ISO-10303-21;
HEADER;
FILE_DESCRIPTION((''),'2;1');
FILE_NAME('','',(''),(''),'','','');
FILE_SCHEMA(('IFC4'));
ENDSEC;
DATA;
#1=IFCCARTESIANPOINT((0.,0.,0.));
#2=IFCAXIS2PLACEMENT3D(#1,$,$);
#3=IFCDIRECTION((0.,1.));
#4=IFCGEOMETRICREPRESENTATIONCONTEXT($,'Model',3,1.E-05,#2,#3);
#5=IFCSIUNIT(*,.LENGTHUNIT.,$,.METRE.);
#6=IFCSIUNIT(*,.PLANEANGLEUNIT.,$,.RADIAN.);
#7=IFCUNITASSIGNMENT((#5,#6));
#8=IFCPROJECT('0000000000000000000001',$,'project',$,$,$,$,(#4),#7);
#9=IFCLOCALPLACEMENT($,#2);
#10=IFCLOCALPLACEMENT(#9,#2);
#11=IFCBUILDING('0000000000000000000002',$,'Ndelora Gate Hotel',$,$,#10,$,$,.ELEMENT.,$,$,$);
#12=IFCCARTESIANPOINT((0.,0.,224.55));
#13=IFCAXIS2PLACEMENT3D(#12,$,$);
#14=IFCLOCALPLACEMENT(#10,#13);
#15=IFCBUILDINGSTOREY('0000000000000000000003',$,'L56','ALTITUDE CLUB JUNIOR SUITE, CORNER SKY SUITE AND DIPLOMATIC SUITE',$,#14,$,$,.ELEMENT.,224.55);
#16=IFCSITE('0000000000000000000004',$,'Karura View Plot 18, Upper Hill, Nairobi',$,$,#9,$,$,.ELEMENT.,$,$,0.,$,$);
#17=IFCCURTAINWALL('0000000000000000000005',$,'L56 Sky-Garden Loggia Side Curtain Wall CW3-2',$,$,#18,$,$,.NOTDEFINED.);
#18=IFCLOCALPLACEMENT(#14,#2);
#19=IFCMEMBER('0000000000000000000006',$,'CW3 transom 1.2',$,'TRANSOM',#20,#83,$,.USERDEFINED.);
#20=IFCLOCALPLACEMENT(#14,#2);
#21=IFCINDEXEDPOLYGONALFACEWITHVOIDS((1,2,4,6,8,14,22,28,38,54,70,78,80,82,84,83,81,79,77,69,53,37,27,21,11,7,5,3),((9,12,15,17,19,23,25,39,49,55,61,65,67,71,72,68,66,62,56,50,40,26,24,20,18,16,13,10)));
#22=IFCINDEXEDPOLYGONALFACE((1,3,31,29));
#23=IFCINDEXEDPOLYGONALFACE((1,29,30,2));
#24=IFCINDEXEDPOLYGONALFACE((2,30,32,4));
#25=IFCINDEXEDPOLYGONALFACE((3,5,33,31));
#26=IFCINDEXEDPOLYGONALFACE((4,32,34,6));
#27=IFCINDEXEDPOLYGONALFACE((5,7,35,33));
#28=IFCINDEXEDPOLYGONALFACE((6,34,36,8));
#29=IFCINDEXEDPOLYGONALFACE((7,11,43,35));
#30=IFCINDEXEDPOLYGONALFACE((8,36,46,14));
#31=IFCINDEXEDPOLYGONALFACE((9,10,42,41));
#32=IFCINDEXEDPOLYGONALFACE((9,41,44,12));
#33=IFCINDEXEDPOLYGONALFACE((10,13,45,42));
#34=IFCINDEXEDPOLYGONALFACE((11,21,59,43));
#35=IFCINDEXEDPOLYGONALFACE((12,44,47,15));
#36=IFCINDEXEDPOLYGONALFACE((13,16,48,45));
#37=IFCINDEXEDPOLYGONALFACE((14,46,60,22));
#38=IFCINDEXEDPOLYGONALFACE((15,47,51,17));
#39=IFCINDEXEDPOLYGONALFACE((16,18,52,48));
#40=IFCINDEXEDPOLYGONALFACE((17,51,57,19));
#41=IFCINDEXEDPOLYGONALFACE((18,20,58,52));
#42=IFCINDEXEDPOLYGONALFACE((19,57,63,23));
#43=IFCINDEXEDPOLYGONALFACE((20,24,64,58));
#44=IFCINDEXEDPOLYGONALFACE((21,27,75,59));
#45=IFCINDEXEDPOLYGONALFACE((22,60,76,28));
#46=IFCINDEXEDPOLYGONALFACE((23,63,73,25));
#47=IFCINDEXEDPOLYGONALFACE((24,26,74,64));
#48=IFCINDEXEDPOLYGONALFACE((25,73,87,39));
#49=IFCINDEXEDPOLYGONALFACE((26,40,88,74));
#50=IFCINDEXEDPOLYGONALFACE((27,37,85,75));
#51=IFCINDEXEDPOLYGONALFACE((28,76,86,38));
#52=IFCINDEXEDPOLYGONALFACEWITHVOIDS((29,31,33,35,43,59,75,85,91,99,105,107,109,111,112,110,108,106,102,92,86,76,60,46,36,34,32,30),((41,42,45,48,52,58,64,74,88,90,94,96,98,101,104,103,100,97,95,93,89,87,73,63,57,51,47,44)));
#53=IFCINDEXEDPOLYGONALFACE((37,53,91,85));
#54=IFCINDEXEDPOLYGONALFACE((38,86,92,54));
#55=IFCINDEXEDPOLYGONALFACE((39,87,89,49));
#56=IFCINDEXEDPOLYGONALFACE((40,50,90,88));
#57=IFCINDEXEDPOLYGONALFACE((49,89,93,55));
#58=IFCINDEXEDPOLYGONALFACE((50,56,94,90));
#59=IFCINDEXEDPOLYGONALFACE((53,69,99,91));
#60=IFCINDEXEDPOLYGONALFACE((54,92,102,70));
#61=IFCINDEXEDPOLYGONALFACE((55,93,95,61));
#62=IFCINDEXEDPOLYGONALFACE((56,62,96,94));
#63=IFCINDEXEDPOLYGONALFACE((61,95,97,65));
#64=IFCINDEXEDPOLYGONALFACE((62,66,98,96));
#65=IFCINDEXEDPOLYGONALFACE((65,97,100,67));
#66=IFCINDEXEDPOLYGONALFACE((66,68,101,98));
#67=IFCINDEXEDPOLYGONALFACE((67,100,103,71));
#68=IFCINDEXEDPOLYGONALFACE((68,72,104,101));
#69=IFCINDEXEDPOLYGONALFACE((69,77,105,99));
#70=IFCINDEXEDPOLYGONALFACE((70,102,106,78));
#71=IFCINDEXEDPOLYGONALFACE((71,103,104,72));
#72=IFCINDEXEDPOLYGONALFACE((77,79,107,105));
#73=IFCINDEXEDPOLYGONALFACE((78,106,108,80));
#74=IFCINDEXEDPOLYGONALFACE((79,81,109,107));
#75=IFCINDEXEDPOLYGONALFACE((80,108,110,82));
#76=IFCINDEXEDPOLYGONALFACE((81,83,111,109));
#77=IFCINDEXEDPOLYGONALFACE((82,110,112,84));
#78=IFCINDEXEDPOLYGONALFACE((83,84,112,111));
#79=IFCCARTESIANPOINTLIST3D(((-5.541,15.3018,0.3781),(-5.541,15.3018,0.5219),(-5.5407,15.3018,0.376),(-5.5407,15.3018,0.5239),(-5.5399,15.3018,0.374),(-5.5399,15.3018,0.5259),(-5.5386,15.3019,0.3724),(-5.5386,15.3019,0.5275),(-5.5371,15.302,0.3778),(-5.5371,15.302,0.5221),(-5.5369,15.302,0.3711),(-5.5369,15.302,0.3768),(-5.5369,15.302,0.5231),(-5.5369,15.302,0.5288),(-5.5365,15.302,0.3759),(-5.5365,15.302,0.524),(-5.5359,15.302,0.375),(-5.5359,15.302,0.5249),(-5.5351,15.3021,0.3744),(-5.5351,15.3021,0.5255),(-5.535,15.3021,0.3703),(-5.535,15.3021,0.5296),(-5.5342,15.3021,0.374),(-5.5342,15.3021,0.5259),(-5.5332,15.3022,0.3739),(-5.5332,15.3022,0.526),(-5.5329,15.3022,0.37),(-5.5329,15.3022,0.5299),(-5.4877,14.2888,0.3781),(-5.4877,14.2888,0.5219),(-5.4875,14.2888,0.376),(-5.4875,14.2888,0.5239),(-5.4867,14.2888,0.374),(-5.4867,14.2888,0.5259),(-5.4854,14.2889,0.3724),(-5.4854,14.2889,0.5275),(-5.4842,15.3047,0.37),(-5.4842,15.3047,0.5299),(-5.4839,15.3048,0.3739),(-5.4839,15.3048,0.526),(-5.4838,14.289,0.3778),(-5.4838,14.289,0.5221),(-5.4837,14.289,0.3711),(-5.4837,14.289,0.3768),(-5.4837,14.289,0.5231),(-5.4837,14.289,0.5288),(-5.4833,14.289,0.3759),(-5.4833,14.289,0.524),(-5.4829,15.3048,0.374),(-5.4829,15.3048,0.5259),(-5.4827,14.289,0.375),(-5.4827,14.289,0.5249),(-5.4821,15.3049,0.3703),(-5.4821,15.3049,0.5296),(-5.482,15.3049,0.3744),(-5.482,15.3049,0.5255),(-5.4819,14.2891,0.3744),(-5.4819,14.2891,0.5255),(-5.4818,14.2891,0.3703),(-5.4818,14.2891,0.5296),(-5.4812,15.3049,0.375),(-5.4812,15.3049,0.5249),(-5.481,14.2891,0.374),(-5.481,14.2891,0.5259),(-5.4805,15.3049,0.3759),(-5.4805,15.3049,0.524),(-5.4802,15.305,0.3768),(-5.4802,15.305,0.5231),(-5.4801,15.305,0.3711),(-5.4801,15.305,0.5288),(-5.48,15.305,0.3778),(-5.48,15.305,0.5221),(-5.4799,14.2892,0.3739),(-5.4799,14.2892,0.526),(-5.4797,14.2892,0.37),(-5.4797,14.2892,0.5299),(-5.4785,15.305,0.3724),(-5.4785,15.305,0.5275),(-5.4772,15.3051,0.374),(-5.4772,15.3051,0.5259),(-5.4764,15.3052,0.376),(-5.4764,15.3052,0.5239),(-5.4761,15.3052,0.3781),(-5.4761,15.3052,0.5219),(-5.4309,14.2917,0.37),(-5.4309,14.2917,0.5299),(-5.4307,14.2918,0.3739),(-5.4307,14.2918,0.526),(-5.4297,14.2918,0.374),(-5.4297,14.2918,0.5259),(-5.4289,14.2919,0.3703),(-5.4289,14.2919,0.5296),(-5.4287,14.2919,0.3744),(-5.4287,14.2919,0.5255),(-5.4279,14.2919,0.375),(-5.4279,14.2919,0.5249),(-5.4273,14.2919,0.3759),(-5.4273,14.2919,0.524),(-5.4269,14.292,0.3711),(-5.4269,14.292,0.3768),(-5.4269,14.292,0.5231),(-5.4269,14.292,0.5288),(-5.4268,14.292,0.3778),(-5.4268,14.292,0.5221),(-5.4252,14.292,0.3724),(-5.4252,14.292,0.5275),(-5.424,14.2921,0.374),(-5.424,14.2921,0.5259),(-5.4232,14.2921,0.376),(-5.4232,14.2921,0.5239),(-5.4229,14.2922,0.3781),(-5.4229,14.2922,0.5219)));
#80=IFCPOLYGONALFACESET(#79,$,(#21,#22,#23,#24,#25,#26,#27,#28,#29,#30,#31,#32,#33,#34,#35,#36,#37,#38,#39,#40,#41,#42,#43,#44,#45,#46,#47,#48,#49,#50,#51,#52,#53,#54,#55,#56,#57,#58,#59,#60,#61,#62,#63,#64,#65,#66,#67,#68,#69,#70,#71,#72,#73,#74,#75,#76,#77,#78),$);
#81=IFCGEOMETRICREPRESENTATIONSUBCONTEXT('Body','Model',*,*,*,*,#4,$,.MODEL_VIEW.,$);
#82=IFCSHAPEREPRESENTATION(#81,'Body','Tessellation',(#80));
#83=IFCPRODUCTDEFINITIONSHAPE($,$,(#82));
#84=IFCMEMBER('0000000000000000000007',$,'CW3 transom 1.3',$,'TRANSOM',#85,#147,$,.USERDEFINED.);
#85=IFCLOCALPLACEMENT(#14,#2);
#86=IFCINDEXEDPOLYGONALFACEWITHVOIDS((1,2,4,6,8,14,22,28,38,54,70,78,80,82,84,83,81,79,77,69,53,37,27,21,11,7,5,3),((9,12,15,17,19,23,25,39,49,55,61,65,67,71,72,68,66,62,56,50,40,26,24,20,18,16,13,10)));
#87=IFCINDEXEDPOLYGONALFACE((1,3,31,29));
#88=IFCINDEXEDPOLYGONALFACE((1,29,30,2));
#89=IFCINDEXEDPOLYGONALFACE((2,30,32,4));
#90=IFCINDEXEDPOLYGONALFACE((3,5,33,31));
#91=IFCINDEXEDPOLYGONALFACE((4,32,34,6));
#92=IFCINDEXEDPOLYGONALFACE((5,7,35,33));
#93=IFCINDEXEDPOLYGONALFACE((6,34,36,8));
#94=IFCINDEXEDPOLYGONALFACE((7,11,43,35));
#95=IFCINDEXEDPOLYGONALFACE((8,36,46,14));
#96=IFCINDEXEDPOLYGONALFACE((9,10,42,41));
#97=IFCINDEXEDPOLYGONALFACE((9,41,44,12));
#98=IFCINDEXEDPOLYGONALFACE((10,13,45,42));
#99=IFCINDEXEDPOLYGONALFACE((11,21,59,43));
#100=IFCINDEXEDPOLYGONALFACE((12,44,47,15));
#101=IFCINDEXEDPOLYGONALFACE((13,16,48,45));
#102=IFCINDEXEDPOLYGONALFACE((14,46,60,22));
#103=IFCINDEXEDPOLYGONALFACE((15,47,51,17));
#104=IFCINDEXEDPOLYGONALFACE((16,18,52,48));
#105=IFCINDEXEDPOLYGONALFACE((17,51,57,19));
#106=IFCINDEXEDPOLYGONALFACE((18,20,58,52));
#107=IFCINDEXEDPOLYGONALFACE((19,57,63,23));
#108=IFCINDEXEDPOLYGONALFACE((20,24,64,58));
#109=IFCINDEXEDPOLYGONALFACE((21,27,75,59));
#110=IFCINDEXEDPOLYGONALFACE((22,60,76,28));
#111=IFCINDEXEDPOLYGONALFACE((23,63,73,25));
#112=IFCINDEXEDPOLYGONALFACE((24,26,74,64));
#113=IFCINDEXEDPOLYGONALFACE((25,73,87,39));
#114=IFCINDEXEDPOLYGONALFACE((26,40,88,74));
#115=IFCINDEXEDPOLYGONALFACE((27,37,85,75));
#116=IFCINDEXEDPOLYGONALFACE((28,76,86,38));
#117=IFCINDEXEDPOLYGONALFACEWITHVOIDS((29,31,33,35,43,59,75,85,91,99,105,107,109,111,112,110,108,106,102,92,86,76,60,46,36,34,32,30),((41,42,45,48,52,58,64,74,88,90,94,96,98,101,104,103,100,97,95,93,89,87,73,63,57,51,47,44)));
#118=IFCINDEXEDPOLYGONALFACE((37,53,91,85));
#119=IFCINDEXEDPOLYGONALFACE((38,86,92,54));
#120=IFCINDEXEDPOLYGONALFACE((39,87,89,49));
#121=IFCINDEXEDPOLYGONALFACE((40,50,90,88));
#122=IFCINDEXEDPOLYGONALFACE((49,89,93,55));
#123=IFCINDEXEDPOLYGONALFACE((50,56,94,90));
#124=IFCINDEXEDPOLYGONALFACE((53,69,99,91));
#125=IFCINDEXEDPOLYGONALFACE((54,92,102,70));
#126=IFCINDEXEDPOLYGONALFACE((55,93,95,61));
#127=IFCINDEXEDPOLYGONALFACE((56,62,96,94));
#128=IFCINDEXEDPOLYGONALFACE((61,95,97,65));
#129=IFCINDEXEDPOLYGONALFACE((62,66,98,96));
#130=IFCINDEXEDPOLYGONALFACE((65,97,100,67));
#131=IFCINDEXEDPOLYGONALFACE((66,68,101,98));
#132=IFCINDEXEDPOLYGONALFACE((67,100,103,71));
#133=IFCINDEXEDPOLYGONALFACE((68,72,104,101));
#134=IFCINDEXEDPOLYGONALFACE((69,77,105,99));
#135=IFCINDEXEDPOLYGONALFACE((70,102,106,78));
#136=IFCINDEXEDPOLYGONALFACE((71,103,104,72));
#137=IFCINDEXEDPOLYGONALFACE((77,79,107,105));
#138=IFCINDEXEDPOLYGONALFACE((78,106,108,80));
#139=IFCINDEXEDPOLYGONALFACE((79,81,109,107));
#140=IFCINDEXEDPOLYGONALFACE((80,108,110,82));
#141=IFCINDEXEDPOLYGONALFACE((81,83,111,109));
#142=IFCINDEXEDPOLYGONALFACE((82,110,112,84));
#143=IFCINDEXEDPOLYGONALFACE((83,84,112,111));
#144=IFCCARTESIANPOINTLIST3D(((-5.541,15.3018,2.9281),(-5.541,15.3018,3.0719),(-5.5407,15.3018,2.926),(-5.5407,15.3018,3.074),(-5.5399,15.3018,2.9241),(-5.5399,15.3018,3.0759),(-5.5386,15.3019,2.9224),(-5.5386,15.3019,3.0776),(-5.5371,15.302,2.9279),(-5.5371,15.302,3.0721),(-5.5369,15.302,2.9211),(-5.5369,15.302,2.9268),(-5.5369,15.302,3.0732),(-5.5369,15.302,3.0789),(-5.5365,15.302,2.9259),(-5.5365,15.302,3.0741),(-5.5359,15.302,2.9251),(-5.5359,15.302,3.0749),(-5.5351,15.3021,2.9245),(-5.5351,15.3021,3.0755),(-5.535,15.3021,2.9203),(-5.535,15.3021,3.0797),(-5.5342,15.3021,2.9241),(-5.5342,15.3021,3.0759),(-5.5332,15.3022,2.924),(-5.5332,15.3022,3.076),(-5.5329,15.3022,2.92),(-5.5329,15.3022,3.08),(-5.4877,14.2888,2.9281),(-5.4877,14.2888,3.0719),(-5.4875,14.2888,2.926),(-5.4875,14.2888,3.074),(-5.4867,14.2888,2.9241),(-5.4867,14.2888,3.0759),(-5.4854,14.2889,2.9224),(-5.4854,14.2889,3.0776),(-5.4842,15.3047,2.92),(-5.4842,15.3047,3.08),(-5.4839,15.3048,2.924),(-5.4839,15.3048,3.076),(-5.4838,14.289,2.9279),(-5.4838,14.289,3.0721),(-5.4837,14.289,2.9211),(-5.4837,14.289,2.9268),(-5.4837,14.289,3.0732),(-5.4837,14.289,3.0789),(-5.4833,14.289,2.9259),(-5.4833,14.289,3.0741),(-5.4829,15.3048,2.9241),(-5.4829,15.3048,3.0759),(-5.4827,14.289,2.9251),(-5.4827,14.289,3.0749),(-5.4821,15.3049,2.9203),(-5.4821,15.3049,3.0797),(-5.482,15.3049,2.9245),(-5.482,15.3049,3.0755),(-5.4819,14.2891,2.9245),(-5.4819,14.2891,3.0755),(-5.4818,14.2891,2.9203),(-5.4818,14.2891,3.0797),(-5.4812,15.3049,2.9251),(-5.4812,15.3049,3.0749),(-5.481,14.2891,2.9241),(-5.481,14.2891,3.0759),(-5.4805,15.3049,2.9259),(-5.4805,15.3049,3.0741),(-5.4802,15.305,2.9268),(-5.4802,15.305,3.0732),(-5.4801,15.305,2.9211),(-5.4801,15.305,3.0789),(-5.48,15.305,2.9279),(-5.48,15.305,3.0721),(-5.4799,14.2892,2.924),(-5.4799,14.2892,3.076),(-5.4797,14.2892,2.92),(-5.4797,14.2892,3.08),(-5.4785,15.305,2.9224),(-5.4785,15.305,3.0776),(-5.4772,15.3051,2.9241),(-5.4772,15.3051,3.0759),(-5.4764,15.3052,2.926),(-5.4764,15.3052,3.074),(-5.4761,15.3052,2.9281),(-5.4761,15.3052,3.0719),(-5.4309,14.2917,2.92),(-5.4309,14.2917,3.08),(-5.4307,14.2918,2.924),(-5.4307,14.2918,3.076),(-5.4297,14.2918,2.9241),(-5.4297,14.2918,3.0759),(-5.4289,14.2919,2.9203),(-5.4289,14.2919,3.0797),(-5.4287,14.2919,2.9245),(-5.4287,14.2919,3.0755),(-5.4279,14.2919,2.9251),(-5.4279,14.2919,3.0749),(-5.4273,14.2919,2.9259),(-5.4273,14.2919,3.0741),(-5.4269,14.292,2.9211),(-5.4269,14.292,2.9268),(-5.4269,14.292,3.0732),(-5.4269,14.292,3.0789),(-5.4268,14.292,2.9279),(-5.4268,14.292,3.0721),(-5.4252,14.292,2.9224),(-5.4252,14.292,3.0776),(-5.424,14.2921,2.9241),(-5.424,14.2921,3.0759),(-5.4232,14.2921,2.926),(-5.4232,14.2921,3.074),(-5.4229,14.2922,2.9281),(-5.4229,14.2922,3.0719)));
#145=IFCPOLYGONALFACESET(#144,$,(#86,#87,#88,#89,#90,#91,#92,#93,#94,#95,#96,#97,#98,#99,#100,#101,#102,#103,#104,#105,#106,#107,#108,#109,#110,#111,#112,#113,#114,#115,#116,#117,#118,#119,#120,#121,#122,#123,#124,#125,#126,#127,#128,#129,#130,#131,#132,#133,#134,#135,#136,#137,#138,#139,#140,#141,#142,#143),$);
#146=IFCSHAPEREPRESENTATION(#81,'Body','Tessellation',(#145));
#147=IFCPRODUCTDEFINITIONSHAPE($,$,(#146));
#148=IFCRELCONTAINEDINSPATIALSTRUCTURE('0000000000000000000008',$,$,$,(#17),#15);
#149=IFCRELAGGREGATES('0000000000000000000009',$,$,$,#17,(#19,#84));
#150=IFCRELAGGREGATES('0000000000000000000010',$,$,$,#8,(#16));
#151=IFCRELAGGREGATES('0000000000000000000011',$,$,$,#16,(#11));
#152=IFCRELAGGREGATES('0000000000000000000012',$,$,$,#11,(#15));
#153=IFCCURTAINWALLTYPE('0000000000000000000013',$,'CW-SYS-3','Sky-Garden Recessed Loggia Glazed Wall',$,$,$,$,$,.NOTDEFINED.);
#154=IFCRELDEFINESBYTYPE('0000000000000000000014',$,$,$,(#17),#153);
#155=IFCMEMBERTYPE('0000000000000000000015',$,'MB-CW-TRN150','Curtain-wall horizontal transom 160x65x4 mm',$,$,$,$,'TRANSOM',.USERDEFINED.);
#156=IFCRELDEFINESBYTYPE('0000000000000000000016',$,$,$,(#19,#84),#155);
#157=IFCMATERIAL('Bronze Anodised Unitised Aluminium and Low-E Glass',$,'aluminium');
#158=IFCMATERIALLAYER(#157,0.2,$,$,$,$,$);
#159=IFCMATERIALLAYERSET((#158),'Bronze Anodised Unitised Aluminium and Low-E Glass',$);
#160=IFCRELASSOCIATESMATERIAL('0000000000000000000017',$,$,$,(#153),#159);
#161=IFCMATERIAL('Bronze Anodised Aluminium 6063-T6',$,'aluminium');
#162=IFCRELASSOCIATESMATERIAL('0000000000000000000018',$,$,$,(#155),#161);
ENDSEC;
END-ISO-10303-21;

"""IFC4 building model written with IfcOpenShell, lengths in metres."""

from ifc_helpers import new_model, si_unit, direction, frame, origin, origin_2d, place, context, subcontext, project, spatial, hollow_rectangle, extrude, material, layer, layer_set, material_profile, profile_set, type_object, element, aggregate, save


model = new_model("IFC4")

# Units and contexts
model_context = context("Model", 3, precision=1e-05, world=origin(), true_north=direction((0.0, 1.0)))
body_context = subcontext(model_context, "Body", "Model", "MODEL_VIEW")
ifc_project = project(units=[si_unit("LENGTHUNIT", "METRE"), si_unit("PLANEANGLEUNIT", "RADIAN")], contexts=[model_context])

# Site, building, storey
site_placement = place(None, origin())
site = spatial("IfcSite", under=ifc_project, at=site_placement, Name="Karura View Plot 18, Upper Hill, Nairobi", CompositionType="ELEMENT", RefElevation=0.0)
building_placement = place(site_placement, origin())
building = spatial("IfcBuilding", under=site, at=building_placement, Name="Ndelora Gate Hotel", CompositionType="ELEMENT")
storey_placement = place(building_placement, frame((0.0, 0.0, 224.55)))
storey = spatial("IfcBuildingStorey", under=building, at=storey_placement, Name="L56", Description="ALTITUDE CLUB JUNIOR SUITE, CORNER SKY SUITE AND DIPLOMATIC SUITE", CompositionType="ELEMENT", Elevation=224.55)

# Curtain wall, members
ifc_material_1 = material(Name="Bronze Anodised Unitised Aluminium and Low-E Glass", Category="aluminium")
ifc_layer_1 = layer(ifc_material_1, 0.2)
ifc_layer_set_1 = layer_set([ifc_layer_1], Name="Bronze Anodised Unitised Aluminium and Low-E Glass")
curtain_wall_type = type_object("IfcCurtainWallType", Name="CW-SYS-3", Description="Sky-Garden Recessed Loggia Glazed Wall", PredefinedType="NOTDEFINED", material=ifc_layer_set_1)
curtain_wall_placement = place(storey_placement, origin())
curtain_wall = element("IfcCurtainWall", 1, at=curtain_wall_placement, inside=storey, type_object=curtain_wall_type, Name="L56 Sky-Garden Loggia Side Curtain Wall CW3-2", PredefinedType="NOTDEFINED")
ifc_material_2 = material(Name="Bronze Anodised Aluminium 6063-T6", Category="aluminium")
ifc_material_profile_1 = material_profile(ifc_material_2, hollow_rectangle(XDim=0.0649, YDim=0.1599, WallThickness=0.0039, InnerFilletRadius=0.0039, OuterFilletRadius=0.0081, at=origin_2d()), Name="ALU 160x65x4")
ifc_profile_set_1 = profile_set([ifc_material_profile_1], Name="Bronze Anodised Aluminium 6063-T6")
member_type_1 = type_object("IfcMemberType", Name="MB-CW-TRN150", Description="Curtain-wall horizontal transom 160x65x4 mm", ElementType="TRANSOM", PredefinedType="USERDEFINED", material=ifc_profile_set_1)
member_1_placement = place(storey_placement, frame((-5.5085, 15.3035, 0.45), z_axis=(0.05247, -0.998622, 0.0), x_axis=(0.998622, 0.05247, 0.0)))
member_1 = element("IfcMember", 2, at=member_1_placement, type_object=member_type_1, Name="CW3 transom 1.2", ObjectType="TRANSOM", PredefinedType="USERDEFINED", context=body_context, shape_type="SweptSolid", body=[
    extrude(hollow_rectangle(XDim=0.0649, YDim=0.1599, WallThickness=0.0039, InnerFilletRadius=0.0039, OuterFilletRadius=0.0081, at=origin_2d()), origin(), (0.0, 0.0, 1.0), 1.0144),
])
member_2_placement = place(storey_placement, frame((-5.5085, 15.3035, 3.0), z_axis=(0.05247, -0.998622, 0.0), x_axis=(0.998622, 0.05247, 0.0)))
member_2 = element("IfcMember", 3, at=member_2_placement, type_object=member_type_1, Name="CW3 transom 1.3", ObjectType="TRANSOM", PredefinedType="USERDEFINED", context=body_context, shape_type="SweptSolid", body=[
    extrude(hollow_rectangle(XDim=0.0649, YDim=0.1599, WallThickness=0.0039, InnerFilletRadius=0.0039, OuterFilletRadius=0.0081, at=origin_2d()), origin(), (0.0, 0.0, 1.0), 1.0144),
])
aggregate(curtain_wall, [member_1, member_2])

save(model, "model.ifc")
